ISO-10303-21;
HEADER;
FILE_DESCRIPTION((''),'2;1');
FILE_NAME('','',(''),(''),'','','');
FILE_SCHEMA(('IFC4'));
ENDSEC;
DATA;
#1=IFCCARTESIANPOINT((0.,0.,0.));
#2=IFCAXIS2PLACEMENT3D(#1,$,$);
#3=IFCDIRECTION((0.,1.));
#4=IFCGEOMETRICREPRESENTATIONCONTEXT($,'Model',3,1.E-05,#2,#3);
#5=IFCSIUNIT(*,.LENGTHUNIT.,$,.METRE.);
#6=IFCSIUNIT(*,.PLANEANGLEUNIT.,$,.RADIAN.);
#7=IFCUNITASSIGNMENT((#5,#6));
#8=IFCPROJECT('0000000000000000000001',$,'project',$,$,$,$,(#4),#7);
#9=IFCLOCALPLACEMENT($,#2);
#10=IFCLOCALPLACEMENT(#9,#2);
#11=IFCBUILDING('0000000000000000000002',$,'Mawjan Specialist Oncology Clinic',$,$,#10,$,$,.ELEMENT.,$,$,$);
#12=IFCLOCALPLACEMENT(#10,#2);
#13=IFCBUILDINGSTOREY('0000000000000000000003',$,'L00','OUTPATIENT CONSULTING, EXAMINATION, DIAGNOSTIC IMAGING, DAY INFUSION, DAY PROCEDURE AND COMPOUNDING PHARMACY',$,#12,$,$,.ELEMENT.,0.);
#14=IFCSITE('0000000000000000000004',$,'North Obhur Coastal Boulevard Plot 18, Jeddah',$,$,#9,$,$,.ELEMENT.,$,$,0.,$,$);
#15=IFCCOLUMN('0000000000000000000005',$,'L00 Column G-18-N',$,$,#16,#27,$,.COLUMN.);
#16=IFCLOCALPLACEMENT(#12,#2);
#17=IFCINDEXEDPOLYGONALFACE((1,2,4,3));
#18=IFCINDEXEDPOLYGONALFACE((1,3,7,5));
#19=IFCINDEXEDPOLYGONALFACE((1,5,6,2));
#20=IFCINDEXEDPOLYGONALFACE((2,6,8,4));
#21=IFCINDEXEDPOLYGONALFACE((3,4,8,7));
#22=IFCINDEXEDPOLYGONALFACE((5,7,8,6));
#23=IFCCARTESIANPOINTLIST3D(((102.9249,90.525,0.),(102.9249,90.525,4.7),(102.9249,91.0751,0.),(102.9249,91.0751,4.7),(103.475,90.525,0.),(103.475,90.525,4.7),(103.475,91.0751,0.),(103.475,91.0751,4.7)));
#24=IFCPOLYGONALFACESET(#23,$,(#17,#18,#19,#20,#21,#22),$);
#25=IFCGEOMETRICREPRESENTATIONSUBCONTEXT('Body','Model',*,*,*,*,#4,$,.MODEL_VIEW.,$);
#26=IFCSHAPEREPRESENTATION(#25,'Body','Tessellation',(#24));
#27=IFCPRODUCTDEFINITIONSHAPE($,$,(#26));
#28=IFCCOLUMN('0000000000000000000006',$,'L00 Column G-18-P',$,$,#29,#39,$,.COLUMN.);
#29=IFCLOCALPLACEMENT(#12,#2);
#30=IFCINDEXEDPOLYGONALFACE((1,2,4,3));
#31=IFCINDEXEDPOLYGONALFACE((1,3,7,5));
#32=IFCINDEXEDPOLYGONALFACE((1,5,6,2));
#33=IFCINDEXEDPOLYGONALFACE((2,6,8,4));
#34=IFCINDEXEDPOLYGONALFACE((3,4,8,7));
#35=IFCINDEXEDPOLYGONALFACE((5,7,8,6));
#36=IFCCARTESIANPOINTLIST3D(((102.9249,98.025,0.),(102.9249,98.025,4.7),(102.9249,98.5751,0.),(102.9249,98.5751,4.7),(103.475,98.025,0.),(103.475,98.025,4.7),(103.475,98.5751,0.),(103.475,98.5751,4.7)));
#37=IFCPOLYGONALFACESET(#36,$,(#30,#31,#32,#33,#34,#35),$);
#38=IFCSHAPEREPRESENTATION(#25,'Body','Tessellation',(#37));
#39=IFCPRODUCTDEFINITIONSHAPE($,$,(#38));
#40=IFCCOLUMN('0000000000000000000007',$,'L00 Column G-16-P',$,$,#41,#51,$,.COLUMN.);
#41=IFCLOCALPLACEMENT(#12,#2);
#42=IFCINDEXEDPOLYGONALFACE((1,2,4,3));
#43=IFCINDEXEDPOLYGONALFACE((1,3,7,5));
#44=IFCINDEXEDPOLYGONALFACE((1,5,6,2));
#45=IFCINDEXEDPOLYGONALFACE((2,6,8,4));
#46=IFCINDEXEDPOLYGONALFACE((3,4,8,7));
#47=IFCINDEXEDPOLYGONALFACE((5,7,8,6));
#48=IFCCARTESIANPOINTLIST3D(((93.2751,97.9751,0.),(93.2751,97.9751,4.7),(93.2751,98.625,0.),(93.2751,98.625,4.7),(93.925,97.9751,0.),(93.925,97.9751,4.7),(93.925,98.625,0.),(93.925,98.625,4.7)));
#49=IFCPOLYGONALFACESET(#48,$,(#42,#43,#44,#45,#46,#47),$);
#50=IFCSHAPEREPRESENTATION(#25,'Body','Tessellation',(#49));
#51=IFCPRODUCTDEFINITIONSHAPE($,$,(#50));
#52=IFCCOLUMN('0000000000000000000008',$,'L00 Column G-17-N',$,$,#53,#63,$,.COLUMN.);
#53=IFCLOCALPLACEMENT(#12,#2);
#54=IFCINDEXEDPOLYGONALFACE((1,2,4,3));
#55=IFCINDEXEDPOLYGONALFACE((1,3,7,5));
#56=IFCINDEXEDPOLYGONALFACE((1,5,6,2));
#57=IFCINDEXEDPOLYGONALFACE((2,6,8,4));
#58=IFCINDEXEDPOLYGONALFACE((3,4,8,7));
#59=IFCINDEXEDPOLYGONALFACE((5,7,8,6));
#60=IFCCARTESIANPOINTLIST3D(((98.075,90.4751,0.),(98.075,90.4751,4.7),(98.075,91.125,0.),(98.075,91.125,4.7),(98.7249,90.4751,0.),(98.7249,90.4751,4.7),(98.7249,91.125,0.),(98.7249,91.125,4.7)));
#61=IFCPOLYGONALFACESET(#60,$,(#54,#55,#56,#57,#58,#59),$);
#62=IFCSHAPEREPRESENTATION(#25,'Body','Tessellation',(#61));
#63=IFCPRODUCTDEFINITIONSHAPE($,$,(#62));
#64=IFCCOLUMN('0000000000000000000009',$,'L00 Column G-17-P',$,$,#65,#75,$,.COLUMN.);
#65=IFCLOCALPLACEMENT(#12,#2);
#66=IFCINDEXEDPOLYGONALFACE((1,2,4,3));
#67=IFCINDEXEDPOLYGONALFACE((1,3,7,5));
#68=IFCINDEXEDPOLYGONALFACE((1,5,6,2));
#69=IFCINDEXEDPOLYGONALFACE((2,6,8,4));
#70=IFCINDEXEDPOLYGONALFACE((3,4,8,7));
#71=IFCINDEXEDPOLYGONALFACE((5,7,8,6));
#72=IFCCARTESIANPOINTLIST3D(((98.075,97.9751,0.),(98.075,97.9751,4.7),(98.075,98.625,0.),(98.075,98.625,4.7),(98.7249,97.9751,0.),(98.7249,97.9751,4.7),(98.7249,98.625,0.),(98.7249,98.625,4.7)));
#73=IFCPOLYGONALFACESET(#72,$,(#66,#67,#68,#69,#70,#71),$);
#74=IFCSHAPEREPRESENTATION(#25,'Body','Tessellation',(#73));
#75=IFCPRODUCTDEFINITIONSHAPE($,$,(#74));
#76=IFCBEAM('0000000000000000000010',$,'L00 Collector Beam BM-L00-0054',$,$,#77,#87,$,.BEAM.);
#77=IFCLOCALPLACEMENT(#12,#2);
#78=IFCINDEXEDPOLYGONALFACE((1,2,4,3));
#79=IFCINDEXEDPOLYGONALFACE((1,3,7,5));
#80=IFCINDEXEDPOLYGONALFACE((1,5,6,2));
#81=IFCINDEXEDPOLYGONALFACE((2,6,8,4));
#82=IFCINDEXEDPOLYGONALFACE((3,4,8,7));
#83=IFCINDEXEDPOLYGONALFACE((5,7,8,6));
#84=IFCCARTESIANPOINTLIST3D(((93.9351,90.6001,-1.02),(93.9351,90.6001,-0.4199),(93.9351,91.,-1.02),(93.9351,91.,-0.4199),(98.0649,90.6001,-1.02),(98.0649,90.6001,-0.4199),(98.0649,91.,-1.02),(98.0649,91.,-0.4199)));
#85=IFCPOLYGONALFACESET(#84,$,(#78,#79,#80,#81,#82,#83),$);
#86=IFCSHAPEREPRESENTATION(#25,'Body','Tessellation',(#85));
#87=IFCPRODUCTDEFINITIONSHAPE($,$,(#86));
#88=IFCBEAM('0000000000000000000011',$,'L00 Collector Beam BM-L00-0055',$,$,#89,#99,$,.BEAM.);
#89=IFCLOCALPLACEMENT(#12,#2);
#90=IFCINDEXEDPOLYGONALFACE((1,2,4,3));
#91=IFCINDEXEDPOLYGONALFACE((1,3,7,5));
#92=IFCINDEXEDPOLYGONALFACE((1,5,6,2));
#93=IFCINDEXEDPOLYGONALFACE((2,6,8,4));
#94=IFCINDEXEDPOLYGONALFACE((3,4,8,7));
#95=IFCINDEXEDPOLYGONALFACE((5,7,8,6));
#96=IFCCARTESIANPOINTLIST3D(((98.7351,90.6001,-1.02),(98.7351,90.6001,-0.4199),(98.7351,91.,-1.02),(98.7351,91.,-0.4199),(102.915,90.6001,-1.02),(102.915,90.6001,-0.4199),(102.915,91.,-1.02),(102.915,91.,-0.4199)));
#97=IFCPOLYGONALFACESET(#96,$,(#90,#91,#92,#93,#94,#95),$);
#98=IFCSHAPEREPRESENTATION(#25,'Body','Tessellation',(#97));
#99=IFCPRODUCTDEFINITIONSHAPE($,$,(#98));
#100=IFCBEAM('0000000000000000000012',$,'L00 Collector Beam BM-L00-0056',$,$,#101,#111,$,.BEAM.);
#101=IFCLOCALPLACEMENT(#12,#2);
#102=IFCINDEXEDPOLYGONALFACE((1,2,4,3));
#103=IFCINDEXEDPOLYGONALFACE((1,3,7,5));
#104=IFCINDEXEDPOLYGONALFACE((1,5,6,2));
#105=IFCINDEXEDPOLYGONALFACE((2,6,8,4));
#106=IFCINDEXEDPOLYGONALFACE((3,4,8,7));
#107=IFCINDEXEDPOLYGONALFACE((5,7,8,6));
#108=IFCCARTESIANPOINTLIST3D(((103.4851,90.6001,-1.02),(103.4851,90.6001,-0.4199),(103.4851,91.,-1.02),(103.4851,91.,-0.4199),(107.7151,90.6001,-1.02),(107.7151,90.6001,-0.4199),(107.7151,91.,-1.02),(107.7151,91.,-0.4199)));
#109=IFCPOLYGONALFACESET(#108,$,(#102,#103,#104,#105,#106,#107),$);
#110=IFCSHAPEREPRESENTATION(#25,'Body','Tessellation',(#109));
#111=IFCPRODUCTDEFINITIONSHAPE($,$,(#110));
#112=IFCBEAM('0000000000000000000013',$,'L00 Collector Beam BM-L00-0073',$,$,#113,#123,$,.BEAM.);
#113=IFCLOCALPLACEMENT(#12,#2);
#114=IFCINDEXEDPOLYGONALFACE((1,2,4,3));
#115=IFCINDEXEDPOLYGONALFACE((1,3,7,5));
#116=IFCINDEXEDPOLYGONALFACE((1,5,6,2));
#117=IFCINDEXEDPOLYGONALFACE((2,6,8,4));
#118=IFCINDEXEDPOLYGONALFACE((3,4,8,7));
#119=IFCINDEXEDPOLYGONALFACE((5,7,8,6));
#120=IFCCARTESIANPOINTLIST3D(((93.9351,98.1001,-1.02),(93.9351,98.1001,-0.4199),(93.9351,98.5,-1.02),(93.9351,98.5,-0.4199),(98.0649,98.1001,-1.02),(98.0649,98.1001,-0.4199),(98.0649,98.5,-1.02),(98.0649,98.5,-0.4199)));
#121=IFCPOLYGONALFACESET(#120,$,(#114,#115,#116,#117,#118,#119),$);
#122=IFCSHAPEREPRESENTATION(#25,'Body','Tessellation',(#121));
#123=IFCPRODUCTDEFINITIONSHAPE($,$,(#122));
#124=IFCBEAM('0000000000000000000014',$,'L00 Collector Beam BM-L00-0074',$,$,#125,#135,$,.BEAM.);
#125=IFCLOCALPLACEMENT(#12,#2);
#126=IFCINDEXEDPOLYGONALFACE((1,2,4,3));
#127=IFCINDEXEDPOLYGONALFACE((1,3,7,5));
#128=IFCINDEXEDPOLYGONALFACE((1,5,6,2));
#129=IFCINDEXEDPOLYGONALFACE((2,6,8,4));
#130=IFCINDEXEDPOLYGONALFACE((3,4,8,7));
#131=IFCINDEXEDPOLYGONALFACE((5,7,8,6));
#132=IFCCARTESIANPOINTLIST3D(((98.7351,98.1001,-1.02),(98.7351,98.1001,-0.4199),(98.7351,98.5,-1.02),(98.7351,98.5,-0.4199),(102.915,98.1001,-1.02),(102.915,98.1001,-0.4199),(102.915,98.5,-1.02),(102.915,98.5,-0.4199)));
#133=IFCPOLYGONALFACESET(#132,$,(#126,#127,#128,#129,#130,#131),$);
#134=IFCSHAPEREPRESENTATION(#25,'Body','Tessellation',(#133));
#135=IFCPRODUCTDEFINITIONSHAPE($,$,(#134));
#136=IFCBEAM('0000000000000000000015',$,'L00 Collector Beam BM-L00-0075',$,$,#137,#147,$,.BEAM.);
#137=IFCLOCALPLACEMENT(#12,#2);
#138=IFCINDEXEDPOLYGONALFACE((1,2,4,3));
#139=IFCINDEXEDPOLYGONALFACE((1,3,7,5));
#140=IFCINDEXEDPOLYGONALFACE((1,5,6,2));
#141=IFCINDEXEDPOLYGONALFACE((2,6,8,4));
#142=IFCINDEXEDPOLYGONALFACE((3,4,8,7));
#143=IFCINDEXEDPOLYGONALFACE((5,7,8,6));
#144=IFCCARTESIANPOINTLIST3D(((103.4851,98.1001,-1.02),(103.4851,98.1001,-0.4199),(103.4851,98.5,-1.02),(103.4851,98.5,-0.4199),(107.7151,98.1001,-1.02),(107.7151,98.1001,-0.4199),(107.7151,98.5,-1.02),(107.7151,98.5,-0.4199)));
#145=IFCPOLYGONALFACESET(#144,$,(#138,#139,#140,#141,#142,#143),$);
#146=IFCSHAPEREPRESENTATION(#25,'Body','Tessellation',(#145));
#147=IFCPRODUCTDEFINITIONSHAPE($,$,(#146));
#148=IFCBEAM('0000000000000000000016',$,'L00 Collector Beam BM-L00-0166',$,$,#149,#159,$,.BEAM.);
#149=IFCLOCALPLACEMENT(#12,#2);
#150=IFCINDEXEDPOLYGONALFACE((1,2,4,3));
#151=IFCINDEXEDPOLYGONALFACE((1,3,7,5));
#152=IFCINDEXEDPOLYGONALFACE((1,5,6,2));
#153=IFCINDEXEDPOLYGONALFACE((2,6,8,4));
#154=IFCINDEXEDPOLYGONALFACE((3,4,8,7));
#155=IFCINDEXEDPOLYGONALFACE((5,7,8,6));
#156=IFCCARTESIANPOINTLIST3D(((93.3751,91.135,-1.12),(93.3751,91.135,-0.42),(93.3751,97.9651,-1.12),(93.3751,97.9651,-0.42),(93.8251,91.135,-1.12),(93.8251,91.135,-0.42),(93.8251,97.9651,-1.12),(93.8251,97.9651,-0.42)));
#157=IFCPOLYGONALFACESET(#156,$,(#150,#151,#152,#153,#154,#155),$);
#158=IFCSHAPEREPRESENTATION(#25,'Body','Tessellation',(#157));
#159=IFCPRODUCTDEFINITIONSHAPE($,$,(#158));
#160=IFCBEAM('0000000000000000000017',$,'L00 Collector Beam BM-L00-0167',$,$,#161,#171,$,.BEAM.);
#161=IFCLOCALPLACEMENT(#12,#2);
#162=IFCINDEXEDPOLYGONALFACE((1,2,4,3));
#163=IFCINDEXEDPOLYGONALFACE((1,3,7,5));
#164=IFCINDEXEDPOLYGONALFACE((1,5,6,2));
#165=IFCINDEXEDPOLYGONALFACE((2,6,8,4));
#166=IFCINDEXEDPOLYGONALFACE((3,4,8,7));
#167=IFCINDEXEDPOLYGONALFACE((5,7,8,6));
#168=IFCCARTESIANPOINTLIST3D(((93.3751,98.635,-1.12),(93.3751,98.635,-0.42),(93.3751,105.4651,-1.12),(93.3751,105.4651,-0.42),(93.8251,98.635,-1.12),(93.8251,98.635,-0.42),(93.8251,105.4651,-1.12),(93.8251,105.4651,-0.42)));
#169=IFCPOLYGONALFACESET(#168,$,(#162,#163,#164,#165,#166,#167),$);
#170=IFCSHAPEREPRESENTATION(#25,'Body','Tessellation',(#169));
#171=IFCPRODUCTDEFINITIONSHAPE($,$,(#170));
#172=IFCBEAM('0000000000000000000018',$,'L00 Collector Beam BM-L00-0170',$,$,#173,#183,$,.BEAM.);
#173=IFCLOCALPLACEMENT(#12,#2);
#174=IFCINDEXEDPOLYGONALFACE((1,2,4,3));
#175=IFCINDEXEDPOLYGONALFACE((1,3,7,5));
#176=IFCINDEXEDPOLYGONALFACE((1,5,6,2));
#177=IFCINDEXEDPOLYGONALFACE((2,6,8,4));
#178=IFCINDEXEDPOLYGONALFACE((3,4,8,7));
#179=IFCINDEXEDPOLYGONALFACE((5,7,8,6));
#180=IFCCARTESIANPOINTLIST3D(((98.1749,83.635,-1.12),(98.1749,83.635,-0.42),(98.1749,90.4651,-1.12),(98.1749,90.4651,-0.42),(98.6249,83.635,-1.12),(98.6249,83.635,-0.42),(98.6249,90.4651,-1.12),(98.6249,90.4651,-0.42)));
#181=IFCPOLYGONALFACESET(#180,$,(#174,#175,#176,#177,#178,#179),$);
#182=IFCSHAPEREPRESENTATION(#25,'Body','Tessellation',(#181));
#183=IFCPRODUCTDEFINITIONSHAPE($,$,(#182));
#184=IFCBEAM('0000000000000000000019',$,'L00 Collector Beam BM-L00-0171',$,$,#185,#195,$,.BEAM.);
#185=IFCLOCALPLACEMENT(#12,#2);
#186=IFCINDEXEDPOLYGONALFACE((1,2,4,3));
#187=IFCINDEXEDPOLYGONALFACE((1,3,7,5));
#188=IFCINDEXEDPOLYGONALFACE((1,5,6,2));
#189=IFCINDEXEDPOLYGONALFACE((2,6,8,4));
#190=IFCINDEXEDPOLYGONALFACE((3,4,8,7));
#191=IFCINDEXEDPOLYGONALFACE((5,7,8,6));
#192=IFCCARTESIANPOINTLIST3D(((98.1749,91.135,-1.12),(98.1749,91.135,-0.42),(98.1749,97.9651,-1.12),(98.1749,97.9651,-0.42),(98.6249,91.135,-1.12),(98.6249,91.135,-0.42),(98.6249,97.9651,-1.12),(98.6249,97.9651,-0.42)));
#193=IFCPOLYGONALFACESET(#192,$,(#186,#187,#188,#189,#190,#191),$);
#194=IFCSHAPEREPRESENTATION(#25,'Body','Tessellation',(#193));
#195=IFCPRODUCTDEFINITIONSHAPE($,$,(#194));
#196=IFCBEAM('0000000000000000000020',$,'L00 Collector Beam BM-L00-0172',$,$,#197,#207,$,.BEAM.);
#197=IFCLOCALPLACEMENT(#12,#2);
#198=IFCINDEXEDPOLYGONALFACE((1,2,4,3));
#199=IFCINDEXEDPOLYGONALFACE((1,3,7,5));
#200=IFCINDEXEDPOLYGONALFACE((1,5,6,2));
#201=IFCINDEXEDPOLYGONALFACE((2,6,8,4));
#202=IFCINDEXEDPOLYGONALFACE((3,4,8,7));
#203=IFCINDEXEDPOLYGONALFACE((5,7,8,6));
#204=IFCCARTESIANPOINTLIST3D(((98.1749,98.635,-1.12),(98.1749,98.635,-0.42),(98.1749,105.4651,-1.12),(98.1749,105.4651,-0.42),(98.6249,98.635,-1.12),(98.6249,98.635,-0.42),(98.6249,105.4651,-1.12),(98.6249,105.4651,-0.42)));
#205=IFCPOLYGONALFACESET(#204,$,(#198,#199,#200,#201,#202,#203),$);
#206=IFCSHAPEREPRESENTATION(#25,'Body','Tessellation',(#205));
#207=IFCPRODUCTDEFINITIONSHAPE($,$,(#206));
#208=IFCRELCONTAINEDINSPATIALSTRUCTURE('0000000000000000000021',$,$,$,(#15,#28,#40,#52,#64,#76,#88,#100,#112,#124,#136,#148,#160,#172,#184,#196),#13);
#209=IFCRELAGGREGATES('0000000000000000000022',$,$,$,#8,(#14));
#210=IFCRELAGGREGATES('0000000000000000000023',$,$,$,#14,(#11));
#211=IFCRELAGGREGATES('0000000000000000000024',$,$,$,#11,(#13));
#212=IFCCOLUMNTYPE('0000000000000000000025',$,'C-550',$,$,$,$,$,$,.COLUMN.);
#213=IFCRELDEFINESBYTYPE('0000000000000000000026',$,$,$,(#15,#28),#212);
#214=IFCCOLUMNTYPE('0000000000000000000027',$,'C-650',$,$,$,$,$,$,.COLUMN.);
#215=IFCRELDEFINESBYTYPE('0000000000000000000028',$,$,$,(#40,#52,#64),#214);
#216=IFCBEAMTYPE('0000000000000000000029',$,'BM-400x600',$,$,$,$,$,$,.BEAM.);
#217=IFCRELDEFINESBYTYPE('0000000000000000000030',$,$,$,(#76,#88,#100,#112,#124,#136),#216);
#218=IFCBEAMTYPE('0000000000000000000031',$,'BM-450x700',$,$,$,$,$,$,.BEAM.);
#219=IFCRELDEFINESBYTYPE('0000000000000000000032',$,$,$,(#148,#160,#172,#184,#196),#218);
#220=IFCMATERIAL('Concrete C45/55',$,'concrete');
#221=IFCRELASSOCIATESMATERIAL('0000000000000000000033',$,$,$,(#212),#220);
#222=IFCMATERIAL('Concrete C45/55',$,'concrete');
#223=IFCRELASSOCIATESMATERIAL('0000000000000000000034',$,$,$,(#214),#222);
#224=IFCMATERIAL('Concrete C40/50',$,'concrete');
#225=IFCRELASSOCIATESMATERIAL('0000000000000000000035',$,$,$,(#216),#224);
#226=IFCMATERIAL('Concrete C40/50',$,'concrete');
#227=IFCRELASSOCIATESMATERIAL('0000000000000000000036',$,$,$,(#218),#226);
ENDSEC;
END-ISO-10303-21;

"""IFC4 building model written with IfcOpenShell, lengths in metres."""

from ifc_helpers import new_model, si_unit, direction, frame, origin, origin_2d, place, context, subcontext, project, spatial, rectangle, extrude, material, material_profile, profile_set, type_object, element, save


model = new_model("IFC4")

# Units and contexts
model_context = context("Model", 3, precision=1e-05, world=origin(), true_north=direction((0.0, 1.0)))
body_context = subcontext(model_context, "Body", "Model", "MODEL_VIEW")
ifc_project = project(units=[si_unit("LENGTHUNIT", "METRE"), si_unit("PLANEANGLEUNIT", "RADIAN")], contexts=[model_context])

# Site, building, storey
site_placement = place(None, origin())
site = spatial("IfcSite", under=ifc_project, at=site_placement, Name="North Obhur Coastal Boulevard Plot 18, Jeddah", CompositionType="ELEMENT", RefElevation=0.0)
building_placement = place(site_placement, origin())
building = spatial("IfcBuilding", under=site, at=building_placement, Name="Mawjan Specialist Oncology Clinic", CompositionType="ELEMENT")
storey_placement = place(building_placement, origin())
storey = spatial("IfcBuildingStorey", under=building, at=storey_placement, Name="L00", Description="OUTPATIENT CONSULTING, EXAMINATION, DIAGNOSTIC IMAGING, DAY INFUSION, DAY PROCEDURE AND COMPOUNDING PHARMACY", CompositionType="ELEMENT", Elevation=0.0)

# Columns
ifc_material_1 = material(Name="Concrete C45/55", Category="concrete")
ifc_material_profile_1 = material_profile(ifc_material_1, rectangle(XDim=0.55, YDim=0.55, at=origin_2d()), Name="RC COL 550x550", Category="concrete")
ifc_profile_set_1 = profile_set([ifc_material_profile_1], Name="Concrete C45/55")
column_type_1 = type_object("IfcColumnType", Name="C-550", PredefinedType="COLUMN", material=ifc_profile_set_1)
for number, where, z_axis, x_axis, name in (
    (1, (103.2, 90.8, 0.0), (0.0, 0.0, 1.0), (1.0, 0.0, 0.0), "L00 Column G-18-N"),
    (2, (103.2, 98.3, 0.0), (0.0, 0.0, 1.0), (1.0, 0.0, 0.0), "L00 Column G-18-P"),
):
    element("IfcColumn", number, at=place(storey_placement, frame(where, z_axis=z_axis, x_axis=x_axis)), inside=storey, type_object=column_type_1, Name=name, PredefinedType="COLUMN", context=body_context, shape_type="SweptSolid", body=[
        extrude(rectangle(XDim=0.55, YDim=0.55, at=origin_2d()), origin(), (0.0, 0.0, 1.0), 4.7),
    ])
ifc_material_2 = material(Name="Concrete C45/55", Category="concrete")
ifc_material_profile_2 = material_profile(ifc_material_2, rectangle(XDim=0.6499, YDim=0.6499, at=origin_2d()), Name="RC COL 650x650", Category="concrete")
ifc_profile_set_2 = profile_set([ifc_material_profile_2], Name="Concrete C45/55")
column_type_2 = type_object("IfcColumnType", Name="C-650", PredefinedType="COLUMN", material=ifc_profile_set_2)
for number, where, z_axis, x_axis, name in (
    (3, (93.6001, 98.3, 0.0), (0.0, 0.0, 1.0), (1.0, 0.0, 0.0), "L00 Column G-16-P"),
    (4, (98.3999, 90.8, 0.0), (0.0, 0.0, 1.0), (1.0, 0.0, 0.0), "L00 Column G-17-N"),
    (5, (98.3999, 98.3, 0.0), (0.0, 0.0, 1.0), (1.0, 0.0, 0.0), "L00 Column G-17-P"),
):
    element("IfcColumn", number, at=place(storey_placement, frame(where, z_axis=z_axis, x_axis=x_axis)), inside=storey, type_object=column_type_2, Name=name, PredefinedType="COLUMN", context=body_context, shape_type="SweptSolid", body=[
        extrude(rectangle(XDim=0.6499, YDim=0.6499, at=origin_2d()), origin(), (0.0, 0.0, 1.0), 4.7),
    ])

# Beams
ifc_material_3 = material(Name="Concrete C40/50", Category="concrete")
ifc_material_profile_3 = material_profile(ifc_material_3, rectangle(XDim=0.3999, YDim=0.6001, at=origin_2d()), Name="RC BM 400x600", Category="concrete")
ifc_profile_set_3 = profile_set([ifc_material_profile_3], Name="Concrete C40/50")
beam_type_1 = type_object("IfcBeamType", Name="BM-400x600", PredefinedType="BEAM", material=ifc_profile_set_3)
beam_1_placement = place(storey_placement, frame((93.9351, 90.8, -0.72), z_axis=(1.0, 0.0, 0.0), x_axis=(0.0, 1.0, 0.0)))
element("IfcBeam", 6, at=beam_1_placement, inside=storey, type_object=beam_type_1, Name="L00 Collector Beam BM-L00-0054", PredefinedType="BEAM", context=body_context, shape_type="SweptSolid", body=[
    extrude(rectangle(XDim=0.3999, YDim=0.6001, at=origin_2d()), origin(), (0.0, 0.0, 1.0), 4.1299),
])
beam_2_placement = place(storey_placement, frame((98.7351, 90.8, -0.72), z_axis=(1.0, 0.0, 0.0), x_axis=(0.0, 1.0, 0.0)))
element("IfcBeam", 7, at=beam_2_placement, inside=storey, type_object=beam_type_1, Name="L00 Collector Beam BM-L00-0055", PredefinedType="BEAM", context=body_context, shape_type="SweptSolid", body=[
    extrude(rectangle(XDim=0.3999, YDim=0.6001, at=origin_2d()), origin(), (0.0, 0.0, 1.0), 4.1799),
])
beam_3_placement = place(storey_placement, frame((103.4851, 90.8, -0.72), z_axis=(1.0, 0.0, 0.0), x_axis=(0.0, 1.0, 0.0)))
element("IfcBeam", 8, at=beam_3_placement, inside=storey, type_object=beam_type_1, Name="L00 Collector Beam BM-L00-0056", PredefinedType="BEAM", context=body_context, shape_type="SweptSolid", body=[
    extrude(rectangle(XDim=0.3999, YDim=0.6001, at=origin_2d()), origin(), (0.0, 0.0, 1.0), 4.23),
])
beam_4_placement = place(storey_placement, frame((93.9351, 98.3, -0.72), z_axis=(1.0, 0.0, 0.0), x_axis=(0.0, 1.0, 0.0)))
element("IfcBeam", 9, at=beam_4_placement, inside=storey, type_object=beam_type_1, Name="L00 Collector Beam BM-L00-0073", PredefinedType="BEAM", context=body_context, shape_type="SweptSolid", body=[
    extrude(rectangle(XDim=0.3999, YDim=0.6001, at=origin_2d()), origin(), (0.0, 0.0, 1.0), 4.1299),
])
beam_5_placement = place(storey_placement, frame((98.7351, 98.3, -0.72), z_axis=(1.0, 0.0, 0.0), x_axis=(0.0, 1.0, 0.0)))
element("IfcBeam", 10, at=beam_5_placement, inside=storey, type_object=beam_type_1, Name="L00 Collector Beam BM-L00-0074", PredefinedType="BEAM", context=body_context, shape_type="SweptSolid", body=[
    extrude(rectangle(XDim=0.3999, YDim=0.6001, at=origin_2d()), origin(), (0.0, 0.0, 1.0), 4.1799),
])
beam_6_placement = place(storey_placement, frame((103.4851, 98.3, -0.72), z_axis=(1.0, 0.0, 0.0), x_axis=(0.0, 1.0, 0.0)))
element("IfcBeam", 11, at=beam_6_placement, inside=storey, type_object=beam_type_1, Name="L00 Collector Beam BM-L00-0075", PredefinedType="BEAM", context=body_context, shape_type="SweptSolid", body=[
    extrude(rectangle(XDim=0.3999, YDim=0.6001, at=origin_2d()), origin(), (0.0, 0.0, 1.0), 4.23),
])
ifc_material_4 = material(Name="Concrete C40/50", Category="concrete")
ifc_material_profile_4 = material_profile(ifc_material_4, rectangle(XDim=0.45, YDim=0.7, at=origin_2d()), Name="RC BM 450x700", Category="concrete")
ifc_profile_set_4 = profile_set([ifc_material_profile_4], Name="Concrete C40/50")
beam_type_2 = type_object("IfcBeamType", Name="BM-450x700", PredefinedType="BEAM", material=ifc_profile_set_4)
for number, where, z_axis, x_axis, name in (
    (12, (93.6001, 91.135, -0.77), (0.0, 1.0, 0.0), (-1.0, 0.0, 0.0), "L00 Collector Beam BM-L00-0166"),
    (13, (93.6001, 98.635, -0.77), (0.0, 1.0, 0.0), (-1.0, 0.0, 0.0), "L00 Collector Beam BM-L00-0167"),
    (14, (98.3999, 83.635, -0.77), (0.0, 1.0, 0.0), (-1.0, 0.0, 0.0), "L00 Collector Beam BM-L00-0170"),
    (15, (98.3999, 91.135, -0.77), (0.0, 1.0, 0.0), (-1.0, 0.0, 0.0), "L00 Collector Beam BM-L00-0171"),
    (16, (98.3999, 98.635, -0.77), (0.0, 1.0, 0.0), (-1.0, 0.0, 0.0), "L00 Collector Beam BM-L00-0172"),
):
    element("IfcBeam", number, at=place(storey_placement, frame(where, z_axis=z_axis, x_axis=x_axis)), inside=storey, type_object=beam_type_2, Name=name, PredefinedType="BEAM", context=body_context, shape_type="SweptSolid", body=[
        extrude(rectangle(XDim=0.45, YDim=0.7, at=origin_2d()), origin(), (0.0, 0.0, 1.0), 6.8301),
    ])

save(model, "model.ifc")
